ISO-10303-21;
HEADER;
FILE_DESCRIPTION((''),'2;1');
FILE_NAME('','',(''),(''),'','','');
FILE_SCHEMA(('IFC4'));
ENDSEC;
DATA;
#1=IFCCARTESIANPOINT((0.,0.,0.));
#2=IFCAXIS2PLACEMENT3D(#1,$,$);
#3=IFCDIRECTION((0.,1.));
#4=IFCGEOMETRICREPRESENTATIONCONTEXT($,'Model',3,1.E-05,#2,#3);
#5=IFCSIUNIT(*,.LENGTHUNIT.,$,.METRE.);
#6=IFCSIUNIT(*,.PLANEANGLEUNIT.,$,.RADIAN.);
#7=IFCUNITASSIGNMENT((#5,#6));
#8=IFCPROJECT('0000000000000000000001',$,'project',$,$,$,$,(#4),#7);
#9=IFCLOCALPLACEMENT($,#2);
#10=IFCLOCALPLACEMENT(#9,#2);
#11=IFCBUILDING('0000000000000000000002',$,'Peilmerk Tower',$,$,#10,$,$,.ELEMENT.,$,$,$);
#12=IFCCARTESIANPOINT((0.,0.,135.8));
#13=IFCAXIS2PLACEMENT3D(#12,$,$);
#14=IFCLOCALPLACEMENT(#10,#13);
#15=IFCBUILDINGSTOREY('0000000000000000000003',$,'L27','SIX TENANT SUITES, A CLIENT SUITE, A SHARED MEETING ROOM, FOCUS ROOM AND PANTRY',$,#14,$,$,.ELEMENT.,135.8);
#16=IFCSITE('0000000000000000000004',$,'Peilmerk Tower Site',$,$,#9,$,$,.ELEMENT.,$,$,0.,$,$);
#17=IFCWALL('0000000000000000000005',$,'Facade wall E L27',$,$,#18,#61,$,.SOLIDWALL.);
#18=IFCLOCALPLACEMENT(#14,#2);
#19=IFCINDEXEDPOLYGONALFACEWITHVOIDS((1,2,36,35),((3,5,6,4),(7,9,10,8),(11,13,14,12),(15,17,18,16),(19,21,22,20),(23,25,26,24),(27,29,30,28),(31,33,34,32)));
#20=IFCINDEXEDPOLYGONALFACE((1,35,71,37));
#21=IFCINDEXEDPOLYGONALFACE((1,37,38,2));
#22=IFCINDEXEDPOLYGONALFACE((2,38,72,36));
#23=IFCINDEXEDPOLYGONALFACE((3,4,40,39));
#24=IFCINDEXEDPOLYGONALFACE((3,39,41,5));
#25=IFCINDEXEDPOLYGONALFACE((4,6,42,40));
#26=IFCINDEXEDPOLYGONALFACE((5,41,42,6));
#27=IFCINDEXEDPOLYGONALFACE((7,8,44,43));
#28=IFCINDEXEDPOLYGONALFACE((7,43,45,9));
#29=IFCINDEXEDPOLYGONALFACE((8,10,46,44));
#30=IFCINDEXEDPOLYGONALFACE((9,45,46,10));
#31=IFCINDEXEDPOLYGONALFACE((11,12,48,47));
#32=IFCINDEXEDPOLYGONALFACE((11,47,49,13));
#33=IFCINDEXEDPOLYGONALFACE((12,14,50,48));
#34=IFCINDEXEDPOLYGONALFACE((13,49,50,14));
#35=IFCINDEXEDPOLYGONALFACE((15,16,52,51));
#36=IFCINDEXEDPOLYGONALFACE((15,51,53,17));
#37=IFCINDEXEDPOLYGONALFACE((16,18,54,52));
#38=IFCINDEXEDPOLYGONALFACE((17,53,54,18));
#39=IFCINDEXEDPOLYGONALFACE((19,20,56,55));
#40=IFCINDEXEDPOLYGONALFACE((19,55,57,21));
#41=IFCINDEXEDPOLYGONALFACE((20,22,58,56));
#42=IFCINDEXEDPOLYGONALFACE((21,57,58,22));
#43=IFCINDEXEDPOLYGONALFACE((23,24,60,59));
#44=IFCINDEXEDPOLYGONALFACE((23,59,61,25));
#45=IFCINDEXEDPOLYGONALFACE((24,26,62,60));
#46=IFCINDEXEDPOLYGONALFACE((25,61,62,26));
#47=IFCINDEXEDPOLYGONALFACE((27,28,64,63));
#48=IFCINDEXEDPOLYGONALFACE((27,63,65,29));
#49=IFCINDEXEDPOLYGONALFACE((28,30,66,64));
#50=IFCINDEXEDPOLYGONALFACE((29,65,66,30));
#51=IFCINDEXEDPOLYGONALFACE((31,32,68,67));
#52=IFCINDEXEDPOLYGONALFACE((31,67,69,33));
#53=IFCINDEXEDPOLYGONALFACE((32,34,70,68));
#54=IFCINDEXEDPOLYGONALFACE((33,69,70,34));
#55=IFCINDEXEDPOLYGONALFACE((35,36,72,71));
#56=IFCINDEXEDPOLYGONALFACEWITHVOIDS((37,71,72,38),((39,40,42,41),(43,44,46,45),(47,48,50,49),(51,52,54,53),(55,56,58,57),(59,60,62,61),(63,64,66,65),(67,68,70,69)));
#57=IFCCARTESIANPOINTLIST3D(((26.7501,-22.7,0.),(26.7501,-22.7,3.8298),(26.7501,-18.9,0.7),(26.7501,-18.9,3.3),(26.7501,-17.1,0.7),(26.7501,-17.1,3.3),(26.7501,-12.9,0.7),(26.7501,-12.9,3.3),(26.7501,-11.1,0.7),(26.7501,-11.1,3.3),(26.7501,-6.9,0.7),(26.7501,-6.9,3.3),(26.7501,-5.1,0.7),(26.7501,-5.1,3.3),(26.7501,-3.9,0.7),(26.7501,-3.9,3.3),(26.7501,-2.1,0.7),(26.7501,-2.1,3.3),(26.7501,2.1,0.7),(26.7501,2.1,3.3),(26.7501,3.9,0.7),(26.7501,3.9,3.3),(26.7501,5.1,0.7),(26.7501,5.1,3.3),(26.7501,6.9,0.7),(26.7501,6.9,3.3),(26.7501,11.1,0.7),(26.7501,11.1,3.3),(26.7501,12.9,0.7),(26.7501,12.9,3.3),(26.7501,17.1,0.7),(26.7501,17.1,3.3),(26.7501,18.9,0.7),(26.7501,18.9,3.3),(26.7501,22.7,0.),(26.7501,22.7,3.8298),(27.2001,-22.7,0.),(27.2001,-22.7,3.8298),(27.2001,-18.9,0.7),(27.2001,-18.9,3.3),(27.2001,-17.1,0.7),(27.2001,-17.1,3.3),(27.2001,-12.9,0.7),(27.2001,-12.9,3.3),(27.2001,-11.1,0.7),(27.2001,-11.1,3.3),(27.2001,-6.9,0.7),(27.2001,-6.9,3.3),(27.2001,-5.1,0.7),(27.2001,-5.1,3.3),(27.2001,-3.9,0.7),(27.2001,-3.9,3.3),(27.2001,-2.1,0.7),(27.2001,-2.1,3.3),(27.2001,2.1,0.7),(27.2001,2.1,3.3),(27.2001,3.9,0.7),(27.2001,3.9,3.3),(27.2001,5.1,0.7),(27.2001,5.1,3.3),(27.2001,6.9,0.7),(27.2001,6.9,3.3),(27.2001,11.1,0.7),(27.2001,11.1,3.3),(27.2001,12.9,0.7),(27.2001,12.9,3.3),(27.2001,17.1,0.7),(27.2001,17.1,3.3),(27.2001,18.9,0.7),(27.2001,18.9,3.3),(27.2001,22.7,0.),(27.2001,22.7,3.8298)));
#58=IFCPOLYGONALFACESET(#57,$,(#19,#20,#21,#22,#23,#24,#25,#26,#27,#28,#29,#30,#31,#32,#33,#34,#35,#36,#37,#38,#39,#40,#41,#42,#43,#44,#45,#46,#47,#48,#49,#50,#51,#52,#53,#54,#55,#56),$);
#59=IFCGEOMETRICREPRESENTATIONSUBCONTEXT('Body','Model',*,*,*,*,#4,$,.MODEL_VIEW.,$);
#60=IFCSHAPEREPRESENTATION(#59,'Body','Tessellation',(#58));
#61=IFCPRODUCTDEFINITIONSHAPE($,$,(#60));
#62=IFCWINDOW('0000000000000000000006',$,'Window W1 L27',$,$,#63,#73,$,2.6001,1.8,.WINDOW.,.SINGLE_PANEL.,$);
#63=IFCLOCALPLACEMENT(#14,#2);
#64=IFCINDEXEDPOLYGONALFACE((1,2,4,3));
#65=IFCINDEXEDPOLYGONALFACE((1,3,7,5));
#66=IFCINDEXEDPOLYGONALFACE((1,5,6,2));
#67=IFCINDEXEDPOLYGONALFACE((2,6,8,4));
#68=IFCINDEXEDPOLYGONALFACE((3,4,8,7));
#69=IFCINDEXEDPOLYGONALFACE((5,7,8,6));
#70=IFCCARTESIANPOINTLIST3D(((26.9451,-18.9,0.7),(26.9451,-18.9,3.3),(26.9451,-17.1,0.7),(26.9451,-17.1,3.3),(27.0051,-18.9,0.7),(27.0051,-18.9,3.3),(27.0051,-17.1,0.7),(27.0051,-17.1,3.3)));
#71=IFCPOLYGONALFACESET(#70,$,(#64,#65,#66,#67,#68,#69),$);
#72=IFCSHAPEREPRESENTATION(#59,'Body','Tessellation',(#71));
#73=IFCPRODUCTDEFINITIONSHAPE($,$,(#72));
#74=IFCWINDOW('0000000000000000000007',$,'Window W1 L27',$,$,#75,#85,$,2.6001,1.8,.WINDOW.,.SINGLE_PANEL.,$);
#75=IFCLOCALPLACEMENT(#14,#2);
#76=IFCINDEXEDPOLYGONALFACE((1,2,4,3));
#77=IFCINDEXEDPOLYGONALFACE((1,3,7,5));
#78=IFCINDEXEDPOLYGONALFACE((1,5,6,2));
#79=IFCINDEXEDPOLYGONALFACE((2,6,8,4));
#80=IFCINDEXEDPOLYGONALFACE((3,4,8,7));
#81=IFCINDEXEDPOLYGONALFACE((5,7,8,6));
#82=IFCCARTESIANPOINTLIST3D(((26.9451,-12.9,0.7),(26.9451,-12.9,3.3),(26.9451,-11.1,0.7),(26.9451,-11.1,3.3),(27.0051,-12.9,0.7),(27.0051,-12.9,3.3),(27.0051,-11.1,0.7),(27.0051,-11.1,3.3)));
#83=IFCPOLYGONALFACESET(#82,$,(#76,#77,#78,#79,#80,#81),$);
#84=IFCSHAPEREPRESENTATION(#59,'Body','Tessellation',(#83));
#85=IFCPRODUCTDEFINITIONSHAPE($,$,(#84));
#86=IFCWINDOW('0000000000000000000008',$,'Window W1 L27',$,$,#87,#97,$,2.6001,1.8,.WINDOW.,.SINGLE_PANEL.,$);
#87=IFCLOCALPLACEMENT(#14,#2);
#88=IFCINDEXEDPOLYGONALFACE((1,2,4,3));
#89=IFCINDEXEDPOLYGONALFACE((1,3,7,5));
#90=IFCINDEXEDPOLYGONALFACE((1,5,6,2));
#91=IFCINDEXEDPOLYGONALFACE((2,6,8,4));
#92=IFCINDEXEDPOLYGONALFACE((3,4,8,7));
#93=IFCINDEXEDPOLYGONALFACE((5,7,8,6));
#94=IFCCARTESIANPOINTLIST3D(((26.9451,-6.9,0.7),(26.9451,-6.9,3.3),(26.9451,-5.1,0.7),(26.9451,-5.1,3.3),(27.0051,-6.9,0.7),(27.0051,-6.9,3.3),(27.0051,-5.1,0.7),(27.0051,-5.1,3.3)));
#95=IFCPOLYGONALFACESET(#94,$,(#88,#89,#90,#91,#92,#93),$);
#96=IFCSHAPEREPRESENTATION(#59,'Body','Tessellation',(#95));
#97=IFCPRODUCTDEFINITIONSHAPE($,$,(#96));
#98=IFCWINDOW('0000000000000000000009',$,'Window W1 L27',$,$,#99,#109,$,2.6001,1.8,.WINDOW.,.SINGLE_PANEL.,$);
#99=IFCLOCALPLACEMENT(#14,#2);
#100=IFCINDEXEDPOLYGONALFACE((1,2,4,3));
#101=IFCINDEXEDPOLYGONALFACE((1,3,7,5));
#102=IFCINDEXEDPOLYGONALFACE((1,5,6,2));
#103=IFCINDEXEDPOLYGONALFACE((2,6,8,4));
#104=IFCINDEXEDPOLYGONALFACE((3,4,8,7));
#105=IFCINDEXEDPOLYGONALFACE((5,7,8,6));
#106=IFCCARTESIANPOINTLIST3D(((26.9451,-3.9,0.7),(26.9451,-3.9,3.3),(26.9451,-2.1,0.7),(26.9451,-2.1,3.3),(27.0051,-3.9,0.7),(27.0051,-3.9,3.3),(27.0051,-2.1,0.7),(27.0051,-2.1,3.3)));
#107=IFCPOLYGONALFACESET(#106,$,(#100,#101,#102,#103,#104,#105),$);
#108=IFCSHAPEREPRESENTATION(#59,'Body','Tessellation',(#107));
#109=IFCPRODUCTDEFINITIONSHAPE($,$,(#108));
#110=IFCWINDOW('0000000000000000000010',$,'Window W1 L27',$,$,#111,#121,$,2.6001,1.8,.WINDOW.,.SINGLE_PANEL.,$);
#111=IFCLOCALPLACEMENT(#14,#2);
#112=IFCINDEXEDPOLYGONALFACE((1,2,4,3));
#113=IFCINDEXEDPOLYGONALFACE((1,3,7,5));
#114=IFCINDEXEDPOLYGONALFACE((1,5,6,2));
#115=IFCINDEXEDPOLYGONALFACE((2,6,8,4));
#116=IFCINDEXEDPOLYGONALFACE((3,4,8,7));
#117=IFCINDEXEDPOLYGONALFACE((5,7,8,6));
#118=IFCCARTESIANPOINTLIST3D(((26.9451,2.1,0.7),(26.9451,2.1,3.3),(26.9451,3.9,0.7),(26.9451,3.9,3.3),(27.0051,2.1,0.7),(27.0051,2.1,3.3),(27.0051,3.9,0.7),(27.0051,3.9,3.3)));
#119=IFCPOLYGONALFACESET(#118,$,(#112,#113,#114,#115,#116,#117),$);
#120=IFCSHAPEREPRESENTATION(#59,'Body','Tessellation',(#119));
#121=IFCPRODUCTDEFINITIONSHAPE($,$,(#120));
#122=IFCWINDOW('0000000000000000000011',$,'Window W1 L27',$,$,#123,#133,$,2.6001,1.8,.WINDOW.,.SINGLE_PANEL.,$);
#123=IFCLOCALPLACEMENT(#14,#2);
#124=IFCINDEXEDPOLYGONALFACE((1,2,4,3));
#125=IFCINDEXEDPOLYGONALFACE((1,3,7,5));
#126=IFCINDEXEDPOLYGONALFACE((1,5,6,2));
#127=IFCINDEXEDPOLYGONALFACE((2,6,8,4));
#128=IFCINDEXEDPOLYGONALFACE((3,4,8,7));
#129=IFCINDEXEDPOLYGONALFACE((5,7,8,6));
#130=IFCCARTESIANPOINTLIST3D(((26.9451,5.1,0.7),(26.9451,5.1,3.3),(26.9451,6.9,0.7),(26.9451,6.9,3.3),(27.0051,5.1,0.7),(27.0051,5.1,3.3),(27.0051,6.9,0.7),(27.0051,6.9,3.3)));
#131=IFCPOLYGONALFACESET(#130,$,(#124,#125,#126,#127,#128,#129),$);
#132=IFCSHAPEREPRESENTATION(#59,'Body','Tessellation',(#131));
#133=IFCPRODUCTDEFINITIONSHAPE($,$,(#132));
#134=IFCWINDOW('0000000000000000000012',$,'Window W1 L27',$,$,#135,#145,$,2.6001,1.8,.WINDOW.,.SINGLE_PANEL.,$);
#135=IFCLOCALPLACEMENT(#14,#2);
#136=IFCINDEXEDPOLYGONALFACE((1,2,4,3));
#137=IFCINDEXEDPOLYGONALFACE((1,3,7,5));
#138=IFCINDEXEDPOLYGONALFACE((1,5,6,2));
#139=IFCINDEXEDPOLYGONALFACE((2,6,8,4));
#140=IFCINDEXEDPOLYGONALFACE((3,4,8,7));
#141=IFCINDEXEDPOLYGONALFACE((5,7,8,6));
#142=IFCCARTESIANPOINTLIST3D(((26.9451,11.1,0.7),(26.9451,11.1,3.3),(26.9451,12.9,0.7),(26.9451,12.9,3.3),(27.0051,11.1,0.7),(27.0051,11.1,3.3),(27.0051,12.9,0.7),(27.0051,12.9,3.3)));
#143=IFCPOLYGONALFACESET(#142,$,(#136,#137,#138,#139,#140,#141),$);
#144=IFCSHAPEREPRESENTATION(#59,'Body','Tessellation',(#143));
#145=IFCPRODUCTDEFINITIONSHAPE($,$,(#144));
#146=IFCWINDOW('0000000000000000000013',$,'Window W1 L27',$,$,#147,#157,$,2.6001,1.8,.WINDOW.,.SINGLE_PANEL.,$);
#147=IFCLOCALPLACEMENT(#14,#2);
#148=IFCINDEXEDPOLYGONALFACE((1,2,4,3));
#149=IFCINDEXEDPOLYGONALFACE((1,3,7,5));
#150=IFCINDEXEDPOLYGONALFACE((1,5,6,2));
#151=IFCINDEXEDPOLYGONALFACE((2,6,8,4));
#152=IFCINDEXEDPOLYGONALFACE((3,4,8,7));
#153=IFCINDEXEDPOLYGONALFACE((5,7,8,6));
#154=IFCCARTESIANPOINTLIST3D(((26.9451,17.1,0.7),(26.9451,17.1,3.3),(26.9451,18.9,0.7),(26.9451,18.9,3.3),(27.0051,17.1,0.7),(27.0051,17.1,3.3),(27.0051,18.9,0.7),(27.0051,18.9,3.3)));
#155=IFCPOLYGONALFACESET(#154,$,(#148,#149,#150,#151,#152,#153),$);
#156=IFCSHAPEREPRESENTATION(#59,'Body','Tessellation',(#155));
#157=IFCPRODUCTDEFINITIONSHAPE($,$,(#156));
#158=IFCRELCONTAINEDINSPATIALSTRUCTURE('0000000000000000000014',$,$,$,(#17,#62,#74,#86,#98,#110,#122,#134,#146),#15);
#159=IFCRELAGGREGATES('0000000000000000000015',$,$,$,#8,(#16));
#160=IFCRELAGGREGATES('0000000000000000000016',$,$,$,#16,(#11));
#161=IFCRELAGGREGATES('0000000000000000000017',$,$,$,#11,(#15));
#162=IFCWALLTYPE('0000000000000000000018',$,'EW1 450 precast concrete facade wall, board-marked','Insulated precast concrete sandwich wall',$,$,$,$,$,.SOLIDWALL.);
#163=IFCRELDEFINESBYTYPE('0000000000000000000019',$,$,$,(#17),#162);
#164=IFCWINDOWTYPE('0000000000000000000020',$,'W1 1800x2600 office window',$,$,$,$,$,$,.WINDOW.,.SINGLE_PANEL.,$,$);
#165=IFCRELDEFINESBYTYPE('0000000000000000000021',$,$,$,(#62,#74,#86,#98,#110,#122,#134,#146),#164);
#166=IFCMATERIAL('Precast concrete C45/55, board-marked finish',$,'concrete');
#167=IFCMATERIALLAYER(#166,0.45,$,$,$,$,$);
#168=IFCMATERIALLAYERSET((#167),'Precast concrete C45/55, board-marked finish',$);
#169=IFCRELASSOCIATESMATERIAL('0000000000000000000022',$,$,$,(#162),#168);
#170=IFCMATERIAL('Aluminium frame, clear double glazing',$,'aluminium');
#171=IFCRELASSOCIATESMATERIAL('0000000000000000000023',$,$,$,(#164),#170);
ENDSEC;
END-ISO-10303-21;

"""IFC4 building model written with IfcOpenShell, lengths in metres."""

from ifc_helpers import new_model, si_unit, direction, frame, frame_2d, origin, place, context, subcontext, project, spatial, rectangle, extrude, material, layer, layer_set, type_object, element, fill, save


model = new_model("IFC4")

# Units and contexts
model_context = context("Model", 3, precision=1e-05, world=origin(), true_north=direction((0.0, 1.0)))
body_context = subcontext(model_context, "Body", "Model", "MODEL_VIEW")
ifc_project = project(units=[si_unit("LENGTHUNIT", "METRE"), si_unit("PLANEANGLEUNIT", "RADIAN")], contexts=[model_context])

# Site, building, storey
site_placement = place(None, origin())
site = spatial("IfcSite", under=ifc_project, at=site_placement, Name="Peilmerk Tower Site", CompositionType="ELEMENT", RefElevation=0.0)
building_placement = place(site_placement, origin())
building = spatial("IfcBuilding", under=site, at=building_placement, Name="Peilmerk Tower", CompositionType="ELEMENT")
storey_placement = place(building_placement, frame((0.0, 0.0, 135.8)))
storey = spatial("IfcBuildingStorey", under=building, at=storey_placement, Name="L27", Description="SIX TENANT SUITES, A CLIENT SUITE, A SHARED MEETING ROOM, FOCUS ROOM AND PANTRY", CompositionType="ELEMENT", Elevation=135.8)

# Wall, openings, windows
ifc_material_1 = material(Name="Precast concrete C45/55, board-marked finish", Category="concrete")
ifc_layer_1 = layer(ifc_material_1, 0.45)
ifc_layer_set_1 = layer_set([ifc_layer_1], Name="Precast concrete C45/55, board-marked finish")
wall_type = type_object("IfcWallType", Name="EW1 450 precast concrete facade wall, board-marked", Description="Insulated precast concrete sandwich wall", PredefinedType="SOLIDWALL", material=ifc_layer_set_1)
wall_1_placement = place(storey_placement, frame((26.9751, -22.7, 0.0), z_axis=(0.0, 0.0, 1.0), x_axis=(0.0, 1.0, 0.0)))
wall_1 = element("IfcWall", 1, at=wall_1_placement, inside=storey, type_object=wall_type, Name="Facade wall E L27", PredefinedType="SOLIDWALL", context=body_context, shape_type="SweptSolid", body=[
    extrude(rectangle(XDim=45.3999, YDim=0.45, at=frame_2d((22.7, 0.0))), origin(), (0.0, 0.0, 1.0), 3.8298),
])
opening_1_placement = place(wall_1_placement, frame((3.8, 0.0, 0.7)))
opening_1 = element("IfcOpeningElement", 2, at=opening_1_placement, cuts=wall_1, PredefinedType="OPENING", context=body_context, shape_type="SweptSolid", body=[
    extrude(rectangle(XDim=1.8, YDim=2.6001, at=frame_2d((0.8999, 1.3))), frame((0.0, 0.2349, 0.0), z_axis=(0.0, -1.0, 0.0), x_axis=(1.0, 0.0, 0.0)), (0.0, 0.0, 1.0), 0.47),
])
opening_2_placement = place(wall_1_placement, frame((9.8, 0.0, 0.7)))
opening_2 = element("IfcOpeningElement", 3, at=opening_2_placement, cuts=wall_1, PredefinedType="OPENING", context=body_context, shape_type="SweptSolid", body=[
    extrude(rectangle(XDim=1.8, YDim=2.6001, at=frame_2d((0.8999, 1.3))), frame((0.0, 0.2349, 0.0), z_axis=(0.0, -1.0, 0.0), x_axis=(1.0, 0.0, 0.0)), (0.0, 0.0, 1.0), 0.47),
])
opening_3_placement = place(wall_1_placement, frame((15.8, 0.0, 0.7)))
opening_3 = element("IfcOpeningElement", 4, at=opening_3_placement, cuts=wall_1, PredefinedType="OPENING", context=body_context, shape_type="SweptSolid", body=[
    extrude(rectangle(XDim=1.8, YDim=2.6001, at=frame_2d((0.8999, 1.3))), frame((0.0, 0.2349, 0.0), z_axis=(0.0, -1.0, 0.0), x_axis=(1.0, 0.0, 0.0)), (0.0, 0.0, 1.0), 0.47),
])
opening_4_placement = place(wall_1_placement, frame((18.8, 0.0, 0.7)))
opening_4 = element("IfcOpeningElement", 5, at=opening_4_placement, cuts=wall_1, PredefinedType="OPENING", context=body_context, shape_type="SweptSolid", body=[
    extrude(rectangle(XDim=1.8, YDim=2.6001, at=frame_2d((0.8999, 1.3))), frame((0.0, 0.2349, 0.0), z_axis=(0.0, -1.0, 0.0), x_axis=(1.0, 0.0, 0.0)), (0.0, 0.0, 1.0), 0.47),
])
opening_5_placement = place(wall_1_placement, frame((24.8, 0.0, 0.7)))
opening_5 = element("IfcOpeningElement", 6, at=opening_5_placement, cuts=wall_1, PredefinedType="OPENING", context=body_context, shape_type="SweptSolid", body=[
    extrude(rectangle(XDim=1.8, YDim=2.6001, at=frame_2d((0.8999, 1.3))), frame((0.0, 0.2349, 0.0), z_axis=(0.0, -1.0, 0.0), x_axis=(1.0, 0.0, 0.0)), (0.0, 0.0, 1.0), 0.47),
])
opening_6_placement = place(wall_1_placement, frame((27.8, 0.0, 0.7)))
opening_6 = element("IfcOpeningElement", 7, at=opening_6_placement, cuts=wall_1, PredefinedType="OPENING", context=body_context, shape_type="SweptSolid", body=[
    extrude(rectangle(XDim=1.8, YDim=2.6001, at=frame_2d((0.8999, 1.3))), frame((0.0, 0.2349, 0.0), z_axis=(0.0, -1.0, 0.0), x_axis=(1.0, 0.0, 0.0)), (0.0, 0.0, 1.0), 0.47),
])
opening_7_placement = place(wall_1_placement, frame((33.8, 0.0, 0.7)))
opening_7 = element("IfcOpeningElement", 8, at=opening_7_placement, cuts=wall_1, PredefinedType="OPENING", context=body_context, shape_type="SweptSolid", body=[
    extrude(rectangle(XDim=1.8, YDim=2.6001, at=frame_2d((0.8999, 1.3))), frame((0.0, 0.2349, 0.0), z_axis=(0.0, -1.0, 0.0), x_axis=(1.0, 0.0, 0.0)), (0.0, 0.0, 1.0), 0.47),
])
opening_8_placement = place(wall_1_placement, frame((39.8, 0.0, 0.7)))
opening_8 = element("IfcOpeningElement", 9, at=opening_8_placement, cuts=wall_1, PredefinedType="OPENING", context=body_context, shape_type="SweptSolid", body=[
    extrude(rectangle(XDim=1.8, YDim=2.6001, at=frame_2d((0.8999, 1.3))), frame((0.0, 0.2349, 0.0), z_axis=(0.0, -1.0, 0.0), x_axis=(1.0, 0.0, 0.0)), (0.0, 0.0, 1.0), 0.47),
])
ifc_material_2 = material(Name="Aluminium frame, clear double glazing", Category="aluminium")
window_type = type_object("IfcWindowType", Name="W1 1800x2600 office window", PartitioningType="SINGLE_PANEL", PredefinedType="WINDOW", material=ifc_material_2)
window_1_placement = place(opening_1_placement, origin())
window_1 = element("IfcWindow", 10, at=window_1_placement, inside=storey, type_object=window_type, Name="Window W1 L27", OverallHeight=2.6001, OverallWidth=1.8, PartitioningType="SINGLE_PANEL", PredefinedType="WINDOW", context=body_context, shape_type="SweptSolid", body=[
    extrude(rectangle(XDim=1.8, YDim=2.6001, at=frame_2d((0.8999, 1.3))), frame((0.0, 0.03, 0.0), z_axis=(0.0, -1.0, 0.0), x_axis=(1.0, 0.0, 0.0)), (0.0, 0.0, 1.0), 0.0601),
])
fill(opening_1, window_1)
window_2_placement = place(opening_2_placement, origin())
window_2 = element("IfcWindow", 11, at=window_2_placement, inside=storey, type_object=window_type, Name="Window W1 L27", OverallHeight=2.6001, OverallWidth=1.8, PartitioningType="SINGLE_PANEL", PredefinedType="WINDOW", context=body_context, shape_type="SweptSolid", body=[
    extrude(rectangle(XDim=1.8, YDim=2.6001, at=frame_2d((0.8999, 1.3))), frame((0.0, 0.03, 0.0), z_axis=(0.0, -1.0, 0.0), x_axis=(1.0, 0.0, 0.0)), (0.0, 0.0, 1.0), 0.0601),
])
fill(opening_2, window_2)
window_3_placement = place(opening_3_placement, origin())
window_3 = element("IfcWindow", 12, at=window_3_placement, inside=storey, type_object=window_type, Name="Window W1 L27", OverallHeight=2.6001, OverallWidth=1.8, PartitioningType="SINGLE_PANEL", PredefinedType="WINDOW", context=body_context, shape_type="SweptSolid", body=[
    extrude(rectangle(XDim=1.8, YDim=2.6001, at=frame_2d((0.8999, 1.3))), frame((0.0, 0.03, 0.0), z_axis=(0.0, -1.0, 0.0), x_axis=(1.0, 0.0, 0.0)), (0.0, 0.0, 1.0), 0.0601),
])
fill(opening_3, window_3)
window_4_placement = place(opening_4_placement, origin())
window_4 = element("IfcWindow", 13, at=window_4_placement, inside=storey, type_object=window_type, Name="Window W1 L27", OverallHeight=2.6001, OverallWidth=1.8, PartitioningType="SINGLE_PANEL", PredefinedType="WINDOW", context=body_context, shape_type="SweptSolid", body=[
    extrude(rectangle(XDim=1.8, YDim=2.6001, at=frame_2d((0.8999, 1.3))), frame((0.0, 0.03, 0.0), z_axis=(0.0, -1.0, 0.0), x_axis=(1.0, 0.0, 0.0)), (0.0, 0.0, 1.0), 0.0601),
])
fill(opening_4, window_4)
window_5_placement = place(opening_5_placement, origin())
window_5 = element("IfcWindow", 14, at=window_5_placement, inside=storey, type_object=window_type, Name="Window W1 L27", OverallHeight=2.6001, OverallWidth=1.8, PartitioningType="SINGLE_PANEL", PredefinedType="WINDOW", context=body_context, shape_type="SweptSolid", body=[
    extrude(rectangle(XDim=1.8, YDim=2.6001, at=frame_2d((0.8999, 1.3))), frame((0.0, 0.03, 0.0), z_axis=(0.0, -1.0, 0.0), x_axis=(1.0, 0.0, 0.0)), (0.0, 0.0, 1.0), 0.0601),
])
fill(opening_5, window_5)
window_6_placement = place(opening_6_placement, origin())
window_6 = element("IfcWindow", 15, at=window_6_placement, inside=storey, type_object=window_type, Name="Window W1 L27", OverallHeight=2.6001, OverallWidth=1.8, PartitioningType="SINGLE_PANEL", PredefinedType="WINDOW", context=body_context, shape_type="SweptSolid", body=[
    extrude(rectangle(XDim=1.8, YDim=2.6001, at=frame_2d((0.8999, 1.3))), frame((0.0, 0.03, 0.0), z_axis=(0.0, -1.0, 0.0), x_axis=(1.0, 0.0, 0.0)), (0.0, 0.0, 1.0), 0.0601),
])
fill(opening_6, window_6)
window_7_placement = place(opening_7_placement, origin())
window_7 = element("IfcWindow", 16, at=window_7_placement, inside=storey, type_object=window_type, Name="Window W1 L27", OverallHeight=2.6001, OverallWidth=1.8, PartitioningType="SINGLE_PANEL", PredefinedType="WINDOW", context=body_context, shape_type="SweptSolid", body=[
    extrude(rectangle(XDim=1.8, YDim=2.6001, at=frame_2d((0.8999, 1.3))), frame((0.0, 0.03, 0.0), z_axis=(0.0, -1.0, 0.0), x_axis=(1.0, 0.0, 0.0)), (0.0, 0.0, 1.0), 0.0601),
])
fill(opening_7, window_7)
window_8_placement = place(opening_8_placement, origin())
window_8 = element("IfcWindow", 17, at=window_8_placement, inside=storey, type_object=window_type, Name="Window W1 L27", OverallHeight=2.6001, OverallWidth=1.8, PartitioningType="SINGLE_PANEL", PredefinedType="WINDOW", context=body_context, shape_type="SweptSolid", body=[
    extrude(rectangle(XDim=1.8, YDim=2.6001, at=frame_2d((0.8999, 1.3))), frame((0.0, 0.03, 0.0), z_axis=(0.0, -1.0, 0.0), x_axis=(1.0, 0.0, 0.0)), (0.0, 0.0, 1.0), 0.0601),
])
fill(opening_8, window_8)

save(model, "model.ifc")
